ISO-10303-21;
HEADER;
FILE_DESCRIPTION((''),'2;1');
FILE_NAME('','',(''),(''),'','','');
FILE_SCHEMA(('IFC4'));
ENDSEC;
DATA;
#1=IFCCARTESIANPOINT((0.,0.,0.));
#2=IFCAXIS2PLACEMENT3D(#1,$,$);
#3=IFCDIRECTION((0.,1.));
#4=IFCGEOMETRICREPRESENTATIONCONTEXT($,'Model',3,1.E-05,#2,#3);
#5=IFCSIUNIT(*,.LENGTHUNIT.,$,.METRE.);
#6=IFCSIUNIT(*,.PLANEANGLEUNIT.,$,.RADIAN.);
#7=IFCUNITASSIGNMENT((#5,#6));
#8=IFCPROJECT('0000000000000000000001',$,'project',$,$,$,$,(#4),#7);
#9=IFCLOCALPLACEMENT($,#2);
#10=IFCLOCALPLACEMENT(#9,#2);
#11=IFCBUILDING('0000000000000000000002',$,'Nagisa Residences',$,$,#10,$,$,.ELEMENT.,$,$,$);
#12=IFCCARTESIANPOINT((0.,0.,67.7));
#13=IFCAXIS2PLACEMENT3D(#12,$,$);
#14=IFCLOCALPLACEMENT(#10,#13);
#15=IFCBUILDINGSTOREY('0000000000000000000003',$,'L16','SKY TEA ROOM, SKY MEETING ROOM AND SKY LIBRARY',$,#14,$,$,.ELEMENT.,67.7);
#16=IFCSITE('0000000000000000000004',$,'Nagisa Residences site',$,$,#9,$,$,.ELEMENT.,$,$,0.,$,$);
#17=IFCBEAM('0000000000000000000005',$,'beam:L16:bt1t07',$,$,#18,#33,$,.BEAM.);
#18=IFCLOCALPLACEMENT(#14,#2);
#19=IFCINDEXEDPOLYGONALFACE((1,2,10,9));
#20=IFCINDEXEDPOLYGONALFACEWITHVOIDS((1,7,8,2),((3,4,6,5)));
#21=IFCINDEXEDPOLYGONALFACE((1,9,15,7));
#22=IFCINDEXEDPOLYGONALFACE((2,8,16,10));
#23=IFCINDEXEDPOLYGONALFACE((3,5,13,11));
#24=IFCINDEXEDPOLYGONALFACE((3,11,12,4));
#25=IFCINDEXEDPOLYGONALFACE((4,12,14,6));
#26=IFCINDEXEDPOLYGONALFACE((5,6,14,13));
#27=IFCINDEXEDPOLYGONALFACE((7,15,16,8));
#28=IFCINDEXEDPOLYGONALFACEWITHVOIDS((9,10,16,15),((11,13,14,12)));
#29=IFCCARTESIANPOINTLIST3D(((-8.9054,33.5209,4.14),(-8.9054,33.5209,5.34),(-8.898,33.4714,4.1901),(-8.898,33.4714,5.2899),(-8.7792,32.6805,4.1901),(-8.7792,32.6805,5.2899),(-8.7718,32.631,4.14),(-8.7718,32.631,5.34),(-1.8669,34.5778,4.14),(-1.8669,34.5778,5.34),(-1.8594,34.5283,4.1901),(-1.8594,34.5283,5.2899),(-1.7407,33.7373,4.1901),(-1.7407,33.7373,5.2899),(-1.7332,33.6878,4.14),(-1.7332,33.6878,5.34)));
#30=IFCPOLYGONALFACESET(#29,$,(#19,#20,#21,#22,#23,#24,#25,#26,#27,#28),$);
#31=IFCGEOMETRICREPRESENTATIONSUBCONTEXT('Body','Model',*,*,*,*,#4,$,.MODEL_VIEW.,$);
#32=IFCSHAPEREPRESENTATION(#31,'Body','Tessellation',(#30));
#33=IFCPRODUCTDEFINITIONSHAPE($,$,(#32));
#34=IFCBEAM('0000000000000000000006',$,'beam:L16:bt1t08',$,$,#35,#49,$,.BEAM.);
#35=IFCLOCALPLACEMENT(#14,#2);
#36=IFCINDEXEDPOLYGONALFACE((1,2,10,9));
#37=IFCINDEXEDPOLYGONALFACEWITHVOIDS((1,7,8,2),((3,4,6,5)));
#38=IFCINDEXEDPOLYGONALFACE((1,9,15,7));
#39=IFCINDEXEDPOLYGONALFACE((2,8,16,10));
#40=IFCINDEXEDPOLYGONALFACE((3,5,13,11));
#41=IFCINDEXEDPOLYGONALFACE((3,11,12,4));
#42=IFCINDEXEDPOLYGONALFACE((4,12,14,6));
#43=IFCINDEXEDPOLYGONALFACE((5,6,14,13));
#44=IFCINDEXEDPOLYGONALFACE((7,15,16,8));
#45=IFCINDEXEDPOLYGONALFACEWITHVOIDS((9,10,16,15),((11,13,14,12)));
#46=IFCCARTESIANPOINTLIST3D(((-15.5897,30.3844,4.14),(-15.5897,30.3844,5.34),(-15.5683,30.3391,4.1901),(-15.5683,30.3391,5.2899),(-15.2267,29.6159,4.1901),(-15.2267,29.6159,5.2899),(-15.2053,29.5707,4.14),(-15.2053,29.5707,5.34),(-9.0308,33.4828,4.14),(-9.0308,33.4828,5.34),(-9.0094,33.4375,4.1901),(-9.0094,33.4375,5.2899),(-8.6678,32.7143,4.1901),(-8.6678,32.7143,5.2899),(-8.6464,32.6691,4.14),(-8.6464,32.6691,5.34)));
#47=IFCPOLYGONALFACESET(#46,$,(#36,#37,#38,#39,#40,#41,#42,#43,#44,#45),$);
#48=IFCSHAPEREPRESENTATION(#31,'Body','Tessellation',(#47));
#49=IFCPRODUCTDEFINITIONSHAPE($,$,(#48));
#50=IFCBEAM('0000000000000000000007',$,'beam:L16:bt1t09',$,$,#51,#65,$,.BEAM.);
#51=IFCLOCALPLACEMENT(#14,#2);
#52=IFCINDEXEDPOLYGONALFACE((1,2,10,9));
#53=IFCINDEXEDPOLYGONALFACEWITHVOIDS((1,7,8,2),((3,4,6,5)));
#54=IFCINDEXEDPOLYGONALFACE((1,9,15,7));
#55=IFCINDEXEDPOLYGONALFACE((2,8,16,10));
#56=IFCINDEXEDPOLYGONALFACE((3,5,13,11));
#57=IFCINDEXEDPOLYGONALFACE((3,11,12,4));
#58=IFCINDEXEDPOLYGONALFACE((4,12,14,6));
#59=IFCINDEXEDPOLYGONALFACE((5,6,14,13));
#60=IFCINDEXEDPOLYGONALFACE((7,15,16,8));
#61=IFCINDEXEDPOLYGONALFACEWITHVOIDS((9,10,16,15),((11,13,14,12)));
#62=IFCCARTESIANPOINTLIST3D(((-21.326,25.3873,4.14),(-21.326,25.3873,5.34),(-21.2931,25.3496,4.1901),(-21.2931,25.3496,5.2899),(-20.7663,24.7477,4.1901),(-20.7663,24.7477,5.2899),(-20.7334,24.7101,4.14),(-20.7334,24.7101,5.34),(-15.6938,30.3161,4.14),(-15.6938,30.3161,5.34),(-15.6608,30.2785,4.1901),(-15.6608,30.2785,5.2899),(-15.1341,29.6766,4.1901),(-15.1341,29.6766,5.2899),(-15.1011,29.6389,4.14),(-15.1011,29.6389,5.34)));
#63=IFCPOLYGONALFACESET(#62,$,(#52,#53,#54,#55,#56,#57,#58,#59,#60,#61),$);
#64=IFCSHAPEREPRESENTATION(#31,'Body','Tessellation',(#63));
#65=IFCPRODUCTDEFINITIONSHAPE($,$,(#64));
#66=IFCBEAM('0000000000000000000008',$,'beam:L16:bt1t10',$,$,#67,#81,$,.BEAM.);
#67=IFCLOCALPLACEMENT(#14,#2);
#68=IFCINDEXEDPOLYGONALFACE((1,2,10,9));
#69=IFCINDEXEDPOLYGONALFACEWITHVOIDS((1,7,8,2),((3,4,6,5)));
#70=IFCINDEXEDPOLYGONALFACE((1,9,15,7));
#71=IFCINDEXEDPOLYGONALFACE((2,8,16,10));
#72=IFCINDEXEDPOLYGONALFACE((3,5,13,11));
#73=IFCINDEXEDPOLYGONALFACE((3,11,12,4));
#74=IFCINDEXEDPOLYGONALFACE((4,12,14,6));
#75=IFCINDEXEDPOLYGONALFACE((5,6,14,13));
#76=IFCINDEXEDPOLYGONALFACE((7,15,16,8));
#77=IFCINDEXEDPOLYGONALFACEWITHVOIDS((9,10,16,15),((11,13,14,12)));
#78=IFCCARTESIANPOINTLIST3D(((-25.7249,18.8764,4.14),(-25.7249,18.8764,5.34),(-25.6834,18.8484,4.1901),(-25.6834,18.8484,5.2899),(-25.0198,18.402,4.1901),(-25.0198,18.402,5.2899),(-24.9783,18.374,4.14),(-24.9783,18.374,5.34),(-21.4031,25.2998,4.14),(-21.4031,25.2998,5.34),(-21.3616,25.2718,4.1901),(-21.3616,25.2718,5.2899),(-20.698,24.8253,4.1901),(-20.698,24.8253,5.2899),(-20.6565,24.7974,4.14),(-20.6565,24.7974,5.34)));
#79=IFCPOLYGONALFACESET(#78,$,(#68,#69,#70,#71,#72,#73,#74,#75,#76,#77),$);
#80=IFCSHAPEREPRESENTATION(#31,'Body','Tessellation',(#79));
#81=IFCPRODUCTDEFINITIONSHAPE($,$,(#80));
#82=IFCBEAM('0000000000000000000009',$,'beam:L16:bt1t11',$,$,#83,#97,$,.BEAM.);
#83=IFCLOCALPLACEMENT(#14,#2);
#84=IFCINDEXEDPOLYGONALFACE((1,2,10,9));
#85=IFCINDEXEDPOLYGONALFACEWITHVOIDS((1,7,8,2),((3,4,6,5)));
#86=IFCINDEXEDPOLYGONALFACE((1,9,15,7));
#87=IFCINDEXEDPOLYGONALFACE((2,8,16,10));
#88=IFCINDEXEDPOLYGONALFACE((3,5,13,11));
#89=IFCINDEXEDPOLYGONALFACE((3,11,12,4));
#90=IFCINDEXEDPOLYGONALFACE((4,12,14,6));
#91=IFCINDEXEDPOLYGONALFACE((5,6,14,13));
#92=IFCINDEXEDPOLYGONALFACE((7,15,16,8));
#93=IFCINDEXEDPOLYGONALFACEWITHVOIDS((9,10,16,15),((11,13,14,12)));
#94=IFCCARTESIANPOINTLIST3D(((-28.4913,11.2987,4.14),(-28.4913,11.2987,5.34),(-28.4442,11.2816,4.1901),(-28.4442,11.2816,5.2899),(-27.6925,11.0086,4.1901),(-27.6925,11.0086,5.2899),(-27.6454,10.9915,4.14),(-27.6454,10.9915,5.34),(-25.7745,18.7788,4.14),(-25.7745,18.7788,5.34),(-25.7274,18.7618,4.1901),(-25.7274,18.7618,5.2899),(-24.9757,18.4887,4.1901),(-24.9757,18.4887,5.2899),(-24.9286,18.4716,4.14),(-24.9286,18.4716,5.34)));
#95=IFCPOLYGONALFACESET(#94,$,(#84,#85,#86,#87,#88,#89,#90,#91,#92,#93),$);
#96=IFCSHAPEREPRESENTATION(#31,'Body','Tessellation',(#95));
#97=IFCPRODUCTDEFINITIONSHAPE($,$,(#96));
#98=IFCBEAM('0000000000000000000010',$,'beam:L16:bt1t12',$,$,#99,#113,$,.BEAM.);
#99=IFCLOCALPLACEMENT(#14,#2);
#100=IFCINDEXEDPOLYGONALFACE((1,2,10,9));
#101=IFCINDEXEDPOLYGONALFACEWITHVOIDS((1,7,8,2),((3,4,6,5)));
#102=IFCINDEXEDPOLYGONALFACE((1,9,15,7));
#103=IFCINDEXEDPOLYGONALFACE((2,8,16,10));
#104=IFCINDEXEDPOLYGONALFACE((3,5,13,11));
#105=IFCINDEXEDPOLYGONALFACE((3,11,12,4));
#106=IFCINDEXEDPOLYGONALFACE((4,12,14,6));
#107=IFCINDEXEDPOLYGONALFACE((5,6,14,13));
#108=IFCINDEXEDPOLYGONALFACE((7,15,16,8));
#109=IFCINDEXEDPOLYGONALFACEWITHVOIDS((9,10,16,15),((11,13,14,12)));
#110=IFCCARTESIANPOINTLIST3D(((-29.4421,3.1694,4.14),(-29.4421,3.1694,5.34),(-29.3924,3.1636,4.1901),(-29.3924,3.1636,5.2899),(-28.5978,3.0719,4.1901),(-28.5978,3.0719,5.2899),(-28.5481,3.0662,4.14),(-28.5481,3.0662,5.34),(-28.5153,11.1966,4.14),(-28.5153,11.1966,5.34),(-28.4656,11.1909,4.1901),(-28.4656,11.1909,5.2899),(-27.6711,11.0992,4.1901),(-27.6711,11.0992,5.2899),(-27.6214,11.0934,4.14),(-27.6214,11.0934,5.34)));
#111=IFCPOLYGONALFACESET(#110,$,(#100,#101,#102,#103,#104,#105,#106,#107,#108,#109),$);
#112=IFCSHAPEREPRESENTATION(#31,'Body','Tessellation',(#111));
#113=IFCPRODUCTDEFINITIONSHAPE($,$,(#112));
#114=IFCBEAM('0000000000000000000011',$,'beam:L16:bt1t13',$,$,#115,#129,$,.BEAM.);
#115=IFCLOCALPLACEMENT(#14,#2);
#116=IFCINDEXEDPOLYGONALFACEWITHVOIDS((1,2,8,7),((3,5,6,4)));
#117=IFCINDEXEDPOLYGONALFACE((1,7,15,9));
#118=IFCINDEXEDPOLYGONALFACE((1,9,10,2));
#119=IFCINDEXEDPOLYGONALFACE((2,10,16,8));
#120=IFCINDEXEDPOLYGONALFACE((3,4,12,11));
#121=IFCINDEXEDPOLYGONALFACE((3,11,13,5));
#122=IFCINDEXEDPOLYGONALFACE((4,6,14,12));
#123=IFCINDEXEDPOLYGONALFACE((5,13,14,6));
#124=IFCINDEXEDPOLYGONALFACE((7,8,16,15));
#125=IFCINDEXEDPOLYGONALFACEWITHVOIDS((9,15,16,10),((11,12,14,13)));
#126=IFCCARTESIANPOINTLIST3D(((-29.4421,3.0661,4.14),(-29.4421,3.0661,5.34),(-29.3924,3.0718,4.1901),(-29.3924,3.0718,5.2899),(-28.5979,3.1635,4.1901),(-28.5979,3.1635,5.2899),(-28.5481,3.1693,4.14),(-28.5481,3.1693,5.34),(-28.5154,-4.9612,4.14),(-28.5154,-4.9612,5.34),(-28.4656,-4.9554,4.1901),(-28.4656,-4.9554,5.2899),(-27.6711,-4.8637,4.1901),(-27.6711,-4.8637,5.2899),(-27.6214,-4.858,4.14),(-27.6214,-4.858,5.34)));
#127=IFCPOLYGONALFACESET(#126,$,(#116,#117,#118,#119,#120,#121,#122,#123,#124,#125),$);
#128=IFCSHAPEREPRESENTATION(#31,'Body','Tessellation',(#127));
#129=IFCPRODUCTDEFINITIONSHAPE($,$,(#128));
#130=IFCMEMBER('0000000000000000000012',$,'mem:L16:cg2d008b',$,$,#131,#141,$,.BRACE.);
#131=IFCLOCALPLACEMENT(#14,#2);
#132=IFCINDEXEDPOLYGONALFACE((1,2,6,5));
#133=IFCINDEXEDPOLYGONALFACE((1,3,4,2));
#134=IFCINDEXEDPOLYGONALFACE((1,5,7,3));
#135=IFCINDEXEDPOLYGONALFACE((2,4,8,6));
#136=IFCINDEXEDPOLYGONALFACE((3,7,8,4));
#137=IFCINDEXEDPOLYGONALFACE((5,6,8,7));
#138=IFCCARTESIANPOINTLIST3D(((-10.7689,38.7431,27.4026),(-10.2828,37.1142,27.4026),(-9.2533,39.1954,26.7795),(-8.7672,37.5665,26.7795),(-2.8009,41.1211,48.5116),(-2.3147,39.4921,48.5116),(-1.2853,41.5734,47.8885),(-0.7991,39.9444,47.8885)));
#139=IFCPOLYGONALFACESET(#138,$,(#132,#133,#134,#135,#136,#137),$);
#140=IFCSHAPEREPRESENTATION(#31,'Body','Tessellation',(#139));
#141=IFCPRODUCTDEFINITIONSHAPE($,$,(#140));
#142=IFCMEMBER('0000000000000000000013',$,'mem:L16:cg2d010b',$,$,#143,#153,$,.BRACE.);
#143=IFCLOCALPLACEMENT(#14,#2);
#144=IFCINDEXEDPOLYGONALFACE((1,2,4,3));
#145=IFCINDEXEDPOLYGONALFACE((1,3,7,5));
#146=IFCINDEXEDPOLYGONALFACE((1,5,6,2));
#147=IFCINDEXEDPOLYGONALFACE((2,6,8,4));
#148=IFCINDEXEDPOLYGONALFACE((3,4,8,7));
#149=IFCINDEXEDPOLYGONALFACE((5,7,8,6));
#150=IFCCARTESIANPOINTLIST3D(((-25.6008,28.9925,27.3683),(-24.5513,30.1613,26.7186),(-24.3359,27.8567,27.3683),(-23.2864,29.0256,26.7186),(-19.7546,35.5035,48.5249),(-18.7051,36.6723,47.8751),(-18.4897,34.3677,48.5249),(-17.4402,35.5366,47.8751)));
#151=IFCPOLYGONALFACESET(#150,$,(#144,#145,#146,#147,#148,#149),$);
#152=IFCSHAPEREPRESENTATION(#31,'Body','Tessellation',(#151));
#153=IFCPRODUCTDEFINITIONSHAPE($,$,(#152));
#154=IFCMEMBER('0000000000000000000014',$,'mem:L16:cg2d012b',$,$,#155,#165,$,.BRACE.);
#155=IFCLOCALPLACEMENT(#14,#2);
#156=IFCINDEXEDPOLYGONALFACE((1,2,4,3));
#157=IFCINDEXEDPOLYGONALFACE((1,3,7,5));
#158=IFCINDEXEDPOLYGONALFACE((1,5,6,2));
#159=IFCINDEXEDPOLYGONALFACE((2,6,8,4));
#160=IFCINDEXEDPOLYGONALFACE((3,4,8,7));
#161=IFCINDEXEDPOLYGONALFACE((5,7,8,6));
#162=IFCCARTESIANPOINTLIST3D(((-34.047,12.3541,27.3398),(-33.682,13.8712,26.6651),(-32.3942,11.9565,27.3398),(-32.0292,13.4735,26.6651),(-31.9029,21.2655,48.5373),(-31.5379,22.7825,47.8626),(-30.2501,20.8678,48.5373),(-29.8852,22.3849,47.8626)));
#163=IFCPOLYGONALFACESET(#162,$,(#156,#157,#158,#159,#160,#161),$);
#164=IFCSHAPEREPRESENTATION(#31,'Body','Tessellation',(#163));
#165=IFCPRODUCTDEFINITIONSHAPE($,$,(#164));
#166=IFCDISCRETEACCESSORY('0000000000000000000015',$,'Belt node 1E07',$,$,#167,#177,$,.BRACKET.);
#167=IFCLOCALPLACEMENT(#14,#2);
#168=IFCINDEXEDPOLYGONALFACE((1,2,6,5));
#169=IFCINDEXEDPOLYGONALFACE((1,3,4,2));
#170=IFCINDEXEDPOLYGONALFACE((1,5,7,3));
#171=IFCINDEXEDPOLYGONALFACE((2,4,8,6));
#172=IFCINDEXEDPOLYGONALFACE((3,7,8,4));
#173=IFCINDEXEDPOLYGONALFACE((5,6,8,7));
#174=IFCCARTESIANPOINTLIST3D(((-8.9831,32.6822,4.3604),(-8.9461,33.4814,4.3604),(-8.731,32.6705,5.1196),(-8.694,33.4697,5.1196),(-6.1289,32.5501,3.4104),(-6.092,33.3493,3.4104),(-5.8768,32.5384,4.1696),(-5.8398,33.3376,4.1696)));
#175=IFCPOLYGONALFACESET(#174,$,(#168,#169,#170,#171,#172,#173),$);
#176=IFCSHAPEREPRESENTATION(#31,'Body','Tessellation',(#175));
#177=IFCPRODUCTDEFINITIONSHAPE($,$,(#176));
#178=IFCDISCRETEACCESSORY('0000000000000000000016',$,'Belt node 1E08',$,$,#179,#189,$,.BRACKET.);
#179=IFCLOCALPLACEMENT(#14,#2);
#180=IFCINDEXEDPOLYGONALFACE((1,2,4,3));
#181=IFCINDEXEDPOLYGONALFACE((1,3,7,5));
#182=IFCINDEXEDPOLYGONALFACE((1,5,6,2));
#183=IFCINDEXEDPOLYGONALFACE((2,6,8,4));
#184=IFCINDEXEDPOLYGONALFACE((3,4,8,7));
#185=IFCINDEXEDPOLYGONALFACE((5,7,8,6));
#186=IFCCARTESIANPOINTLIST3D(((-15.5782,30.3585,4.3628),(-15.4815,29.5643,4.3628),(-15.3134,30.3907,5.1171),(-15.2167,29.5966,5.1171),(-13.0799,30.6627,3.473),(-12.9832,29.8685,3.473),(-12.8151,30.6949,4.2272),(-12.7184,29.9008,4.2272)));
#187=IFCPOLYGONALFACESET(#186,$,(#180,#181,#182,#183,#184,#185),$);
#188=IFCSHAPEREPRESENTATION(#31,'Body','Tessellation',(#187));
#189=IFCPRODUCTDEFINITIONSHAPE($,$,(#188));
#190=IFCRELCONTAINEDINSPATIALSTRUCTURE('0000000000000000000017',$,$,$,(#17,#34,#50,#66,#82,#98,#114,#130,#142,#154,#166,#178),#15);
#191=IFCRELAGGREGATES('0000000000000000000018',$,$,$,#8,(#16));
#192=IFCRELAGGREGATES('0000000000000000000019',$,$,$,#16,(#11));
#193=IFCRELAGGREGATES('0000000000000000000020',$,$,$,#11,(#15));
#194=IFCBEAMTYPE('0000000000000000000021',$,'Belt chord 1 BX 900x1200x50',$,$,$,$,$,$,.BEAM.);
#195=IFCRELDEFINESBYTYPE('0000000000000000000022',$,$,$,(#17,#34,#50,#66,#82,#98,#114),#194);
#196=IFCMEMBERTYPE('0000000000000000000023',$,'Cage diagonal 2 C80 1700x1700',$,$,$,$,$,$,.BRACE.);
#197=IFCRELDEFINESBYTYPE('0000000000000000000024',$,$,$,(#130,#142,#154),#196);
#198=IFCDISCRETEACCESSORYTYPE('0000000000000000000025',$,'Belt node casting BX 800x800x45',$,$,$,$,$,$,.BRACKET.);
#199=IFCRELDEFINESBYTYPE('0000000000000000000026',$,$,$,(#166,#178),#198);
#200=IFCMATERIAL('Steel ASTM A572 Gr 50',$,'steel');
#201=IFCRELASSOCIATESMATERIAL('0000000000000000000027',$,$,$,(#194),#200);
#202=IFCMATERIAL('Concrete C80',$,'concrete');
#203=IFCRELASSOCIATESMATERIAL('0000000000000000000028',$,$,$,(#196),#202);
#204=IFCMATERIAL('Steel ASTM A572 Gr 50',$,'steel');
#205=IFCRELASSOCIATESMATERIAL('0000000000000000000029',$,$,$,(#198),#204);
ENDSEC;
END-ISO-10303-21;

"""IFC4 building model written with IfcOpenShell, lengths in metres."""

from ifc_helpers import new_model, si_unit, direction, frame, origin, origin_2d, place, context, subcontext, project, spatial, rectangle, hollow_rectangle, extrude, material, material_profile, profile_set, type_object, element, save


model = new_model("IFC4")

# Units and contexts
model_context = context("Model", 3, precision=1e-05, world=origin(), true_north=direction((0.0, 1.0)))
body_context = subcontext(model_context, "Body", "Model", "MODEL_VIEW")
ifc_project = project(units=[si_unit("LENGTHUNIT", "METRE"), si_unit("PLANEANGLEUNIT", "RADIAN")], contexts=[model_context])

# Site, building, storey
site_placement = place(None, origin())
site = spatial("IfcSite", under=ifc_project, at=site_placement, Name="Nagisa Residences site", CompositionType="ELEMENT", RefElevation=0.0)
building_placement = place(site_placement, origin())
building = spatial("IfcBuilding", under=site, at=building_placement, Name="Nagisa Residences", CompositionType="ELEMENT")
storey_placement = place(building_placement, frame((0.0, 0.0, 67.7)))
storey = spatial("IfcBuildingStorey", under=building, at=storey_placement, Name="L16", Description="SKY TEA ROOM, SKY MEETING ROOM AND SKY LIBRARY", CompositionType="ELEMENT", Elevation=67.7)

# Beams
ifc_material_1 = material(Name="Steel ASTM A572 Gr 50", Category="steel")
ifc_material_profile_1 = material_profile(ifc_material_1, hollow_rectangle(XDim=0.8999, YDim=1.2, WallThickness=0.05, at=origin_2d()), Name="BX 900x1200x50")
ifc_profile_set_1 = profile_set([ifc_material_profile_1], Name="Steel ASTM A572 Gr 50")
beam_type = type_object("IfcBeamType", Name="Belt chord 1 BX 900x1200x50", PredefinedType="BEAM", material=ifc_profile_set_1)
beam_1_placement = place(storey_placement, frame((-1.8, 34.1328, 4.74), z_axis=(-0.988914, -0.148491, 0.0), x_axis=(0.148491, -0.988914, 0.0)))
element("IfcBeam", 1, at=beam_1_placement, inside=storey, type_object=beam_type, Name="beam:L16:bt1t07", PredefinedType="BEAM", context=body_context, shape_type="SweptSolid", body=[
    extrude(hollow_rectangle(XDim=0.8999, YDim=1.2, WallThickness=0.05, at=origin_2d()), origin(), (0.0, 0.0, 1.0), 7.1174),
])
beam_2_placement = place(storey_placement, frame((-8.8386, 33.0759, 4.74), z_axis=(-0.904187, -0.427137, 0.0), x_axis=(0.427137, -0.904187, 0.0)))
element("IfcBeam", 2, at=beam_2_placement, inside=storey, type_object=beam_type, Name="beam:L16:bt1t08", PredefinedType="BEAM", context=body_context, shape_type="SweptSolid", body=[
    extrude(hollow_rectangle(XDim=0.8999, YDim=1.2, WallThickness=0.05, at=origin_2d()), origin(), (0.0, 0.0, 1.0), 7.2539),
])
beam_3_placement = place(storey_placement, frame((-15.3975, 29.9775, 4.74), z_axis=(-0.752532, -0.658555, 0.0), x_axis=(0.658555, -0.752532, 0.0)))
element("IfcBeam", 3, at=beam_3_placement, inside=storey, type_object=beam_type, Name="beam:L16:bt1t09", PredefinedType="BEAM", context=body_context, shape_type="SweptSolid", body=[
    extrude(hollow_rectangle(XDim=0.8999, YDim=1.2, WallThickness=0.05, at=origin_2d()), origin(), (0.0, 0.0, 1.0), 7.4844),
])
beam_4_placement = place(storey_placement, frame((-21.0298, 25.0486, 4.74), z_axis=(-0.558232, -0.829685, 0.0), x_axis=(0.829685, -0.558232, 0.0)))
element("IfcBeam", 4, at=beam_4_placement, inside=storey, type_object=beam_type, Name="beam:L16:bt1t10", PredefinedType="BEAM", context=body_context, shape_type="SweptSolid", body=[
    extrude(hollow_rectangle(XDim=0.8999, YDim=1.2, WallThickness=0.05, at=origin_2d()), origin(), (0.0, 0.0, 1.0), 7.7419),
])
beam_5_placement = place(storey_placement, frame((-25.3516, 18.6252, 4.74), z_axis=(-0.341378, -0.939926, 0.0), x_axis=(0.939926, -0.341378, 0.0)))
element("IfcBeam", 5, at=beam_5_placement, inside=storey, type_object=beam_type, Name="beam:L16:bt1t11", PredefinedType="BEAM", context=body_context, shape_type="SweptSolid", body=[
    extrude(hollow_rectangle(XDim=0.8999, YDim=1.2, WallThickness=0.05, at=origin_2d()), origin(), (0.0, 0.0, 1.0), 7.9583),
])
for number, where, z_axis, x_axis, name in (
    (6, (-28.0684, 11.145, 4.74), (-0.114688, -0.993402, 0.0), (0.993402, -0.114688, 0.0), "beam:L16:bt1t12"),
    (7, (-28.9951, 3.1177, 4.74), (0.114688, -0.993402, 0.0), (0.993402, 0.114688, 0.0), "beam:L16:bt1t13"),
):
    element("IfcBeam", number, at=place(storey_placement, frame(where, z_axis=z_axis, x_axis=x_axis)), inside=storey, type_object=beam_type, Name=name, PredefinedType="BEAM", context=body_context, shape_type="SweptSolid", body=[
        extrude(hollow_rectangle(XDim=0.8999, YDim=1.2, WallThickness=0.05, at=origin_2d()), origin(), (0.0, 0.0, 1.0), 8.0806),
    ])

# Members
ifc_material_2 = material(Name="Concrete C80", Category="concrete")
ifc_material_profile_2 = material_profile(ifc_material_2, rectangle(XDim=1.7, YDim=1.7, at=origin_2d()), Name="C80 1700x1700")
ifc_profile_set_2 = profile_set([ifc_material_profile_2], Name="Concrete C80")
member_type = type_object("IfcMemberType", Name="Cage diagonal 2 C80 1700x1700", PredefinedType="BRACE", material=ifc_profile_set_2)
member_1_placement = place(storey_placement, frame((-9.7681, 38.1548, 27.0911), z_axis=(0.351205, 0.104812, 0.930414), x_axis=(-0.285971, 0.958238, 0.0)))
element("IfcMember", 8, at=member_1_placement, inside=storey, type_object=member_type, Name="mem:L16:cg2d008b", PredefinedType="BRACE", context=body_context, shape_type="SweptSolid", body=[
    extrude(rectangle(XDim=1.7, YDim=1.7, at=origin_2d()), origin(), (0.0, 0.0, 1.0), 22.6877),
])
member_2_placement = place(storey_placement, frame((-24.4436, 29.009, 27.0435), z_axis=(0.255351, 0.284388, 0.924077), x_axis=(-0.744072, 0.6681, 0.0)))
element("IfcMember", 9, at=member_2_placement, inside=storey, type_object=member_type, Name="mem:L16:cg2d010b", PredefinedType="BRACE", context=body_context, shape_type="SweptSolid", body=[
    extrude(rectangle(XDim=1.7, YDim=1.7, at=origin_2d()), origin(), (0.0, 0.0, 1.0), 22.8948),
])
member_3_placement = place(storey_placement, frame((-33.0381, 12.9138, 27.0024), z_axis=(0.092839, 0.38587, 0.91787), x_axis=(-0.972256, 0.233921, 0.0)))
element("IfcMember", 10, at=member_3_placement, inside=storey, type_object=member_type, Name="mem:L16:cg2d012b", PredefinedType="BRACE", context=body_context, shape_type="SweptSolid", body=[
    extrude(rectangle(XDim=1.7, YDim=1.7, at=origin_2d()), origin(), (0.0, 0.0, 1.0), 23.0942),
])

# Discrete accessories
ifc_material_3 = material(Name="Steel ASTM A572 Gr 50", Category="steel")
discrete_accessory_type_1 = type_object("IfcDiscreteAccessoryType", Name="Belt node casting BX 800x800x45", PredefinedType="BRACKET", material=ifc_material_3)
discrete_accessory_1_placement = place(storey_placement, frame((-5.9844, 32.9438, 3.79), z_axis=(-0.947916, 0.043865, 0.315486), x_axis=(-0.046225, -0.998931, 0.0)))
element("IfcDiscreteAccessory", 11, at=discrete_accessory_1_placement, inside=storey, type_object=discrete_accessory_type_1, Name="Belt node 1E07", PredefinedType="BRACKET", context=body_context, shape_type="SweptSolid", body=[
    extrude(rectangle(XDim=0.8, YDim=0.8, at=origin_2d()), origin(), (0.0, 0.0, 1.0), 3.011),
])
discrete_accessory_2_placement = place(storey_placement, frame((-12.8992, 30.2817, 3.8501), z_axis=(-0.935886, -0.113956, 0.333363), x_axis=(0.12087, -0.992668, 0.0)))
element("IfcDiscreteAccessory", 12, at=discrete_accessory_2_placement, inside=storey, type_object=discrete_accessory_type_1, Name="Belt node 1E08", PredefinedType="BRACKET", context=body_context, shape_type="SweptSolid", body=[
    extrude(rectangle(XDim=0.8, YDim=0.8, at=origin_2d()), origin(), (0.0, 0.0, 1.0), 2.6694),
])

save(model, "model.ifc")
